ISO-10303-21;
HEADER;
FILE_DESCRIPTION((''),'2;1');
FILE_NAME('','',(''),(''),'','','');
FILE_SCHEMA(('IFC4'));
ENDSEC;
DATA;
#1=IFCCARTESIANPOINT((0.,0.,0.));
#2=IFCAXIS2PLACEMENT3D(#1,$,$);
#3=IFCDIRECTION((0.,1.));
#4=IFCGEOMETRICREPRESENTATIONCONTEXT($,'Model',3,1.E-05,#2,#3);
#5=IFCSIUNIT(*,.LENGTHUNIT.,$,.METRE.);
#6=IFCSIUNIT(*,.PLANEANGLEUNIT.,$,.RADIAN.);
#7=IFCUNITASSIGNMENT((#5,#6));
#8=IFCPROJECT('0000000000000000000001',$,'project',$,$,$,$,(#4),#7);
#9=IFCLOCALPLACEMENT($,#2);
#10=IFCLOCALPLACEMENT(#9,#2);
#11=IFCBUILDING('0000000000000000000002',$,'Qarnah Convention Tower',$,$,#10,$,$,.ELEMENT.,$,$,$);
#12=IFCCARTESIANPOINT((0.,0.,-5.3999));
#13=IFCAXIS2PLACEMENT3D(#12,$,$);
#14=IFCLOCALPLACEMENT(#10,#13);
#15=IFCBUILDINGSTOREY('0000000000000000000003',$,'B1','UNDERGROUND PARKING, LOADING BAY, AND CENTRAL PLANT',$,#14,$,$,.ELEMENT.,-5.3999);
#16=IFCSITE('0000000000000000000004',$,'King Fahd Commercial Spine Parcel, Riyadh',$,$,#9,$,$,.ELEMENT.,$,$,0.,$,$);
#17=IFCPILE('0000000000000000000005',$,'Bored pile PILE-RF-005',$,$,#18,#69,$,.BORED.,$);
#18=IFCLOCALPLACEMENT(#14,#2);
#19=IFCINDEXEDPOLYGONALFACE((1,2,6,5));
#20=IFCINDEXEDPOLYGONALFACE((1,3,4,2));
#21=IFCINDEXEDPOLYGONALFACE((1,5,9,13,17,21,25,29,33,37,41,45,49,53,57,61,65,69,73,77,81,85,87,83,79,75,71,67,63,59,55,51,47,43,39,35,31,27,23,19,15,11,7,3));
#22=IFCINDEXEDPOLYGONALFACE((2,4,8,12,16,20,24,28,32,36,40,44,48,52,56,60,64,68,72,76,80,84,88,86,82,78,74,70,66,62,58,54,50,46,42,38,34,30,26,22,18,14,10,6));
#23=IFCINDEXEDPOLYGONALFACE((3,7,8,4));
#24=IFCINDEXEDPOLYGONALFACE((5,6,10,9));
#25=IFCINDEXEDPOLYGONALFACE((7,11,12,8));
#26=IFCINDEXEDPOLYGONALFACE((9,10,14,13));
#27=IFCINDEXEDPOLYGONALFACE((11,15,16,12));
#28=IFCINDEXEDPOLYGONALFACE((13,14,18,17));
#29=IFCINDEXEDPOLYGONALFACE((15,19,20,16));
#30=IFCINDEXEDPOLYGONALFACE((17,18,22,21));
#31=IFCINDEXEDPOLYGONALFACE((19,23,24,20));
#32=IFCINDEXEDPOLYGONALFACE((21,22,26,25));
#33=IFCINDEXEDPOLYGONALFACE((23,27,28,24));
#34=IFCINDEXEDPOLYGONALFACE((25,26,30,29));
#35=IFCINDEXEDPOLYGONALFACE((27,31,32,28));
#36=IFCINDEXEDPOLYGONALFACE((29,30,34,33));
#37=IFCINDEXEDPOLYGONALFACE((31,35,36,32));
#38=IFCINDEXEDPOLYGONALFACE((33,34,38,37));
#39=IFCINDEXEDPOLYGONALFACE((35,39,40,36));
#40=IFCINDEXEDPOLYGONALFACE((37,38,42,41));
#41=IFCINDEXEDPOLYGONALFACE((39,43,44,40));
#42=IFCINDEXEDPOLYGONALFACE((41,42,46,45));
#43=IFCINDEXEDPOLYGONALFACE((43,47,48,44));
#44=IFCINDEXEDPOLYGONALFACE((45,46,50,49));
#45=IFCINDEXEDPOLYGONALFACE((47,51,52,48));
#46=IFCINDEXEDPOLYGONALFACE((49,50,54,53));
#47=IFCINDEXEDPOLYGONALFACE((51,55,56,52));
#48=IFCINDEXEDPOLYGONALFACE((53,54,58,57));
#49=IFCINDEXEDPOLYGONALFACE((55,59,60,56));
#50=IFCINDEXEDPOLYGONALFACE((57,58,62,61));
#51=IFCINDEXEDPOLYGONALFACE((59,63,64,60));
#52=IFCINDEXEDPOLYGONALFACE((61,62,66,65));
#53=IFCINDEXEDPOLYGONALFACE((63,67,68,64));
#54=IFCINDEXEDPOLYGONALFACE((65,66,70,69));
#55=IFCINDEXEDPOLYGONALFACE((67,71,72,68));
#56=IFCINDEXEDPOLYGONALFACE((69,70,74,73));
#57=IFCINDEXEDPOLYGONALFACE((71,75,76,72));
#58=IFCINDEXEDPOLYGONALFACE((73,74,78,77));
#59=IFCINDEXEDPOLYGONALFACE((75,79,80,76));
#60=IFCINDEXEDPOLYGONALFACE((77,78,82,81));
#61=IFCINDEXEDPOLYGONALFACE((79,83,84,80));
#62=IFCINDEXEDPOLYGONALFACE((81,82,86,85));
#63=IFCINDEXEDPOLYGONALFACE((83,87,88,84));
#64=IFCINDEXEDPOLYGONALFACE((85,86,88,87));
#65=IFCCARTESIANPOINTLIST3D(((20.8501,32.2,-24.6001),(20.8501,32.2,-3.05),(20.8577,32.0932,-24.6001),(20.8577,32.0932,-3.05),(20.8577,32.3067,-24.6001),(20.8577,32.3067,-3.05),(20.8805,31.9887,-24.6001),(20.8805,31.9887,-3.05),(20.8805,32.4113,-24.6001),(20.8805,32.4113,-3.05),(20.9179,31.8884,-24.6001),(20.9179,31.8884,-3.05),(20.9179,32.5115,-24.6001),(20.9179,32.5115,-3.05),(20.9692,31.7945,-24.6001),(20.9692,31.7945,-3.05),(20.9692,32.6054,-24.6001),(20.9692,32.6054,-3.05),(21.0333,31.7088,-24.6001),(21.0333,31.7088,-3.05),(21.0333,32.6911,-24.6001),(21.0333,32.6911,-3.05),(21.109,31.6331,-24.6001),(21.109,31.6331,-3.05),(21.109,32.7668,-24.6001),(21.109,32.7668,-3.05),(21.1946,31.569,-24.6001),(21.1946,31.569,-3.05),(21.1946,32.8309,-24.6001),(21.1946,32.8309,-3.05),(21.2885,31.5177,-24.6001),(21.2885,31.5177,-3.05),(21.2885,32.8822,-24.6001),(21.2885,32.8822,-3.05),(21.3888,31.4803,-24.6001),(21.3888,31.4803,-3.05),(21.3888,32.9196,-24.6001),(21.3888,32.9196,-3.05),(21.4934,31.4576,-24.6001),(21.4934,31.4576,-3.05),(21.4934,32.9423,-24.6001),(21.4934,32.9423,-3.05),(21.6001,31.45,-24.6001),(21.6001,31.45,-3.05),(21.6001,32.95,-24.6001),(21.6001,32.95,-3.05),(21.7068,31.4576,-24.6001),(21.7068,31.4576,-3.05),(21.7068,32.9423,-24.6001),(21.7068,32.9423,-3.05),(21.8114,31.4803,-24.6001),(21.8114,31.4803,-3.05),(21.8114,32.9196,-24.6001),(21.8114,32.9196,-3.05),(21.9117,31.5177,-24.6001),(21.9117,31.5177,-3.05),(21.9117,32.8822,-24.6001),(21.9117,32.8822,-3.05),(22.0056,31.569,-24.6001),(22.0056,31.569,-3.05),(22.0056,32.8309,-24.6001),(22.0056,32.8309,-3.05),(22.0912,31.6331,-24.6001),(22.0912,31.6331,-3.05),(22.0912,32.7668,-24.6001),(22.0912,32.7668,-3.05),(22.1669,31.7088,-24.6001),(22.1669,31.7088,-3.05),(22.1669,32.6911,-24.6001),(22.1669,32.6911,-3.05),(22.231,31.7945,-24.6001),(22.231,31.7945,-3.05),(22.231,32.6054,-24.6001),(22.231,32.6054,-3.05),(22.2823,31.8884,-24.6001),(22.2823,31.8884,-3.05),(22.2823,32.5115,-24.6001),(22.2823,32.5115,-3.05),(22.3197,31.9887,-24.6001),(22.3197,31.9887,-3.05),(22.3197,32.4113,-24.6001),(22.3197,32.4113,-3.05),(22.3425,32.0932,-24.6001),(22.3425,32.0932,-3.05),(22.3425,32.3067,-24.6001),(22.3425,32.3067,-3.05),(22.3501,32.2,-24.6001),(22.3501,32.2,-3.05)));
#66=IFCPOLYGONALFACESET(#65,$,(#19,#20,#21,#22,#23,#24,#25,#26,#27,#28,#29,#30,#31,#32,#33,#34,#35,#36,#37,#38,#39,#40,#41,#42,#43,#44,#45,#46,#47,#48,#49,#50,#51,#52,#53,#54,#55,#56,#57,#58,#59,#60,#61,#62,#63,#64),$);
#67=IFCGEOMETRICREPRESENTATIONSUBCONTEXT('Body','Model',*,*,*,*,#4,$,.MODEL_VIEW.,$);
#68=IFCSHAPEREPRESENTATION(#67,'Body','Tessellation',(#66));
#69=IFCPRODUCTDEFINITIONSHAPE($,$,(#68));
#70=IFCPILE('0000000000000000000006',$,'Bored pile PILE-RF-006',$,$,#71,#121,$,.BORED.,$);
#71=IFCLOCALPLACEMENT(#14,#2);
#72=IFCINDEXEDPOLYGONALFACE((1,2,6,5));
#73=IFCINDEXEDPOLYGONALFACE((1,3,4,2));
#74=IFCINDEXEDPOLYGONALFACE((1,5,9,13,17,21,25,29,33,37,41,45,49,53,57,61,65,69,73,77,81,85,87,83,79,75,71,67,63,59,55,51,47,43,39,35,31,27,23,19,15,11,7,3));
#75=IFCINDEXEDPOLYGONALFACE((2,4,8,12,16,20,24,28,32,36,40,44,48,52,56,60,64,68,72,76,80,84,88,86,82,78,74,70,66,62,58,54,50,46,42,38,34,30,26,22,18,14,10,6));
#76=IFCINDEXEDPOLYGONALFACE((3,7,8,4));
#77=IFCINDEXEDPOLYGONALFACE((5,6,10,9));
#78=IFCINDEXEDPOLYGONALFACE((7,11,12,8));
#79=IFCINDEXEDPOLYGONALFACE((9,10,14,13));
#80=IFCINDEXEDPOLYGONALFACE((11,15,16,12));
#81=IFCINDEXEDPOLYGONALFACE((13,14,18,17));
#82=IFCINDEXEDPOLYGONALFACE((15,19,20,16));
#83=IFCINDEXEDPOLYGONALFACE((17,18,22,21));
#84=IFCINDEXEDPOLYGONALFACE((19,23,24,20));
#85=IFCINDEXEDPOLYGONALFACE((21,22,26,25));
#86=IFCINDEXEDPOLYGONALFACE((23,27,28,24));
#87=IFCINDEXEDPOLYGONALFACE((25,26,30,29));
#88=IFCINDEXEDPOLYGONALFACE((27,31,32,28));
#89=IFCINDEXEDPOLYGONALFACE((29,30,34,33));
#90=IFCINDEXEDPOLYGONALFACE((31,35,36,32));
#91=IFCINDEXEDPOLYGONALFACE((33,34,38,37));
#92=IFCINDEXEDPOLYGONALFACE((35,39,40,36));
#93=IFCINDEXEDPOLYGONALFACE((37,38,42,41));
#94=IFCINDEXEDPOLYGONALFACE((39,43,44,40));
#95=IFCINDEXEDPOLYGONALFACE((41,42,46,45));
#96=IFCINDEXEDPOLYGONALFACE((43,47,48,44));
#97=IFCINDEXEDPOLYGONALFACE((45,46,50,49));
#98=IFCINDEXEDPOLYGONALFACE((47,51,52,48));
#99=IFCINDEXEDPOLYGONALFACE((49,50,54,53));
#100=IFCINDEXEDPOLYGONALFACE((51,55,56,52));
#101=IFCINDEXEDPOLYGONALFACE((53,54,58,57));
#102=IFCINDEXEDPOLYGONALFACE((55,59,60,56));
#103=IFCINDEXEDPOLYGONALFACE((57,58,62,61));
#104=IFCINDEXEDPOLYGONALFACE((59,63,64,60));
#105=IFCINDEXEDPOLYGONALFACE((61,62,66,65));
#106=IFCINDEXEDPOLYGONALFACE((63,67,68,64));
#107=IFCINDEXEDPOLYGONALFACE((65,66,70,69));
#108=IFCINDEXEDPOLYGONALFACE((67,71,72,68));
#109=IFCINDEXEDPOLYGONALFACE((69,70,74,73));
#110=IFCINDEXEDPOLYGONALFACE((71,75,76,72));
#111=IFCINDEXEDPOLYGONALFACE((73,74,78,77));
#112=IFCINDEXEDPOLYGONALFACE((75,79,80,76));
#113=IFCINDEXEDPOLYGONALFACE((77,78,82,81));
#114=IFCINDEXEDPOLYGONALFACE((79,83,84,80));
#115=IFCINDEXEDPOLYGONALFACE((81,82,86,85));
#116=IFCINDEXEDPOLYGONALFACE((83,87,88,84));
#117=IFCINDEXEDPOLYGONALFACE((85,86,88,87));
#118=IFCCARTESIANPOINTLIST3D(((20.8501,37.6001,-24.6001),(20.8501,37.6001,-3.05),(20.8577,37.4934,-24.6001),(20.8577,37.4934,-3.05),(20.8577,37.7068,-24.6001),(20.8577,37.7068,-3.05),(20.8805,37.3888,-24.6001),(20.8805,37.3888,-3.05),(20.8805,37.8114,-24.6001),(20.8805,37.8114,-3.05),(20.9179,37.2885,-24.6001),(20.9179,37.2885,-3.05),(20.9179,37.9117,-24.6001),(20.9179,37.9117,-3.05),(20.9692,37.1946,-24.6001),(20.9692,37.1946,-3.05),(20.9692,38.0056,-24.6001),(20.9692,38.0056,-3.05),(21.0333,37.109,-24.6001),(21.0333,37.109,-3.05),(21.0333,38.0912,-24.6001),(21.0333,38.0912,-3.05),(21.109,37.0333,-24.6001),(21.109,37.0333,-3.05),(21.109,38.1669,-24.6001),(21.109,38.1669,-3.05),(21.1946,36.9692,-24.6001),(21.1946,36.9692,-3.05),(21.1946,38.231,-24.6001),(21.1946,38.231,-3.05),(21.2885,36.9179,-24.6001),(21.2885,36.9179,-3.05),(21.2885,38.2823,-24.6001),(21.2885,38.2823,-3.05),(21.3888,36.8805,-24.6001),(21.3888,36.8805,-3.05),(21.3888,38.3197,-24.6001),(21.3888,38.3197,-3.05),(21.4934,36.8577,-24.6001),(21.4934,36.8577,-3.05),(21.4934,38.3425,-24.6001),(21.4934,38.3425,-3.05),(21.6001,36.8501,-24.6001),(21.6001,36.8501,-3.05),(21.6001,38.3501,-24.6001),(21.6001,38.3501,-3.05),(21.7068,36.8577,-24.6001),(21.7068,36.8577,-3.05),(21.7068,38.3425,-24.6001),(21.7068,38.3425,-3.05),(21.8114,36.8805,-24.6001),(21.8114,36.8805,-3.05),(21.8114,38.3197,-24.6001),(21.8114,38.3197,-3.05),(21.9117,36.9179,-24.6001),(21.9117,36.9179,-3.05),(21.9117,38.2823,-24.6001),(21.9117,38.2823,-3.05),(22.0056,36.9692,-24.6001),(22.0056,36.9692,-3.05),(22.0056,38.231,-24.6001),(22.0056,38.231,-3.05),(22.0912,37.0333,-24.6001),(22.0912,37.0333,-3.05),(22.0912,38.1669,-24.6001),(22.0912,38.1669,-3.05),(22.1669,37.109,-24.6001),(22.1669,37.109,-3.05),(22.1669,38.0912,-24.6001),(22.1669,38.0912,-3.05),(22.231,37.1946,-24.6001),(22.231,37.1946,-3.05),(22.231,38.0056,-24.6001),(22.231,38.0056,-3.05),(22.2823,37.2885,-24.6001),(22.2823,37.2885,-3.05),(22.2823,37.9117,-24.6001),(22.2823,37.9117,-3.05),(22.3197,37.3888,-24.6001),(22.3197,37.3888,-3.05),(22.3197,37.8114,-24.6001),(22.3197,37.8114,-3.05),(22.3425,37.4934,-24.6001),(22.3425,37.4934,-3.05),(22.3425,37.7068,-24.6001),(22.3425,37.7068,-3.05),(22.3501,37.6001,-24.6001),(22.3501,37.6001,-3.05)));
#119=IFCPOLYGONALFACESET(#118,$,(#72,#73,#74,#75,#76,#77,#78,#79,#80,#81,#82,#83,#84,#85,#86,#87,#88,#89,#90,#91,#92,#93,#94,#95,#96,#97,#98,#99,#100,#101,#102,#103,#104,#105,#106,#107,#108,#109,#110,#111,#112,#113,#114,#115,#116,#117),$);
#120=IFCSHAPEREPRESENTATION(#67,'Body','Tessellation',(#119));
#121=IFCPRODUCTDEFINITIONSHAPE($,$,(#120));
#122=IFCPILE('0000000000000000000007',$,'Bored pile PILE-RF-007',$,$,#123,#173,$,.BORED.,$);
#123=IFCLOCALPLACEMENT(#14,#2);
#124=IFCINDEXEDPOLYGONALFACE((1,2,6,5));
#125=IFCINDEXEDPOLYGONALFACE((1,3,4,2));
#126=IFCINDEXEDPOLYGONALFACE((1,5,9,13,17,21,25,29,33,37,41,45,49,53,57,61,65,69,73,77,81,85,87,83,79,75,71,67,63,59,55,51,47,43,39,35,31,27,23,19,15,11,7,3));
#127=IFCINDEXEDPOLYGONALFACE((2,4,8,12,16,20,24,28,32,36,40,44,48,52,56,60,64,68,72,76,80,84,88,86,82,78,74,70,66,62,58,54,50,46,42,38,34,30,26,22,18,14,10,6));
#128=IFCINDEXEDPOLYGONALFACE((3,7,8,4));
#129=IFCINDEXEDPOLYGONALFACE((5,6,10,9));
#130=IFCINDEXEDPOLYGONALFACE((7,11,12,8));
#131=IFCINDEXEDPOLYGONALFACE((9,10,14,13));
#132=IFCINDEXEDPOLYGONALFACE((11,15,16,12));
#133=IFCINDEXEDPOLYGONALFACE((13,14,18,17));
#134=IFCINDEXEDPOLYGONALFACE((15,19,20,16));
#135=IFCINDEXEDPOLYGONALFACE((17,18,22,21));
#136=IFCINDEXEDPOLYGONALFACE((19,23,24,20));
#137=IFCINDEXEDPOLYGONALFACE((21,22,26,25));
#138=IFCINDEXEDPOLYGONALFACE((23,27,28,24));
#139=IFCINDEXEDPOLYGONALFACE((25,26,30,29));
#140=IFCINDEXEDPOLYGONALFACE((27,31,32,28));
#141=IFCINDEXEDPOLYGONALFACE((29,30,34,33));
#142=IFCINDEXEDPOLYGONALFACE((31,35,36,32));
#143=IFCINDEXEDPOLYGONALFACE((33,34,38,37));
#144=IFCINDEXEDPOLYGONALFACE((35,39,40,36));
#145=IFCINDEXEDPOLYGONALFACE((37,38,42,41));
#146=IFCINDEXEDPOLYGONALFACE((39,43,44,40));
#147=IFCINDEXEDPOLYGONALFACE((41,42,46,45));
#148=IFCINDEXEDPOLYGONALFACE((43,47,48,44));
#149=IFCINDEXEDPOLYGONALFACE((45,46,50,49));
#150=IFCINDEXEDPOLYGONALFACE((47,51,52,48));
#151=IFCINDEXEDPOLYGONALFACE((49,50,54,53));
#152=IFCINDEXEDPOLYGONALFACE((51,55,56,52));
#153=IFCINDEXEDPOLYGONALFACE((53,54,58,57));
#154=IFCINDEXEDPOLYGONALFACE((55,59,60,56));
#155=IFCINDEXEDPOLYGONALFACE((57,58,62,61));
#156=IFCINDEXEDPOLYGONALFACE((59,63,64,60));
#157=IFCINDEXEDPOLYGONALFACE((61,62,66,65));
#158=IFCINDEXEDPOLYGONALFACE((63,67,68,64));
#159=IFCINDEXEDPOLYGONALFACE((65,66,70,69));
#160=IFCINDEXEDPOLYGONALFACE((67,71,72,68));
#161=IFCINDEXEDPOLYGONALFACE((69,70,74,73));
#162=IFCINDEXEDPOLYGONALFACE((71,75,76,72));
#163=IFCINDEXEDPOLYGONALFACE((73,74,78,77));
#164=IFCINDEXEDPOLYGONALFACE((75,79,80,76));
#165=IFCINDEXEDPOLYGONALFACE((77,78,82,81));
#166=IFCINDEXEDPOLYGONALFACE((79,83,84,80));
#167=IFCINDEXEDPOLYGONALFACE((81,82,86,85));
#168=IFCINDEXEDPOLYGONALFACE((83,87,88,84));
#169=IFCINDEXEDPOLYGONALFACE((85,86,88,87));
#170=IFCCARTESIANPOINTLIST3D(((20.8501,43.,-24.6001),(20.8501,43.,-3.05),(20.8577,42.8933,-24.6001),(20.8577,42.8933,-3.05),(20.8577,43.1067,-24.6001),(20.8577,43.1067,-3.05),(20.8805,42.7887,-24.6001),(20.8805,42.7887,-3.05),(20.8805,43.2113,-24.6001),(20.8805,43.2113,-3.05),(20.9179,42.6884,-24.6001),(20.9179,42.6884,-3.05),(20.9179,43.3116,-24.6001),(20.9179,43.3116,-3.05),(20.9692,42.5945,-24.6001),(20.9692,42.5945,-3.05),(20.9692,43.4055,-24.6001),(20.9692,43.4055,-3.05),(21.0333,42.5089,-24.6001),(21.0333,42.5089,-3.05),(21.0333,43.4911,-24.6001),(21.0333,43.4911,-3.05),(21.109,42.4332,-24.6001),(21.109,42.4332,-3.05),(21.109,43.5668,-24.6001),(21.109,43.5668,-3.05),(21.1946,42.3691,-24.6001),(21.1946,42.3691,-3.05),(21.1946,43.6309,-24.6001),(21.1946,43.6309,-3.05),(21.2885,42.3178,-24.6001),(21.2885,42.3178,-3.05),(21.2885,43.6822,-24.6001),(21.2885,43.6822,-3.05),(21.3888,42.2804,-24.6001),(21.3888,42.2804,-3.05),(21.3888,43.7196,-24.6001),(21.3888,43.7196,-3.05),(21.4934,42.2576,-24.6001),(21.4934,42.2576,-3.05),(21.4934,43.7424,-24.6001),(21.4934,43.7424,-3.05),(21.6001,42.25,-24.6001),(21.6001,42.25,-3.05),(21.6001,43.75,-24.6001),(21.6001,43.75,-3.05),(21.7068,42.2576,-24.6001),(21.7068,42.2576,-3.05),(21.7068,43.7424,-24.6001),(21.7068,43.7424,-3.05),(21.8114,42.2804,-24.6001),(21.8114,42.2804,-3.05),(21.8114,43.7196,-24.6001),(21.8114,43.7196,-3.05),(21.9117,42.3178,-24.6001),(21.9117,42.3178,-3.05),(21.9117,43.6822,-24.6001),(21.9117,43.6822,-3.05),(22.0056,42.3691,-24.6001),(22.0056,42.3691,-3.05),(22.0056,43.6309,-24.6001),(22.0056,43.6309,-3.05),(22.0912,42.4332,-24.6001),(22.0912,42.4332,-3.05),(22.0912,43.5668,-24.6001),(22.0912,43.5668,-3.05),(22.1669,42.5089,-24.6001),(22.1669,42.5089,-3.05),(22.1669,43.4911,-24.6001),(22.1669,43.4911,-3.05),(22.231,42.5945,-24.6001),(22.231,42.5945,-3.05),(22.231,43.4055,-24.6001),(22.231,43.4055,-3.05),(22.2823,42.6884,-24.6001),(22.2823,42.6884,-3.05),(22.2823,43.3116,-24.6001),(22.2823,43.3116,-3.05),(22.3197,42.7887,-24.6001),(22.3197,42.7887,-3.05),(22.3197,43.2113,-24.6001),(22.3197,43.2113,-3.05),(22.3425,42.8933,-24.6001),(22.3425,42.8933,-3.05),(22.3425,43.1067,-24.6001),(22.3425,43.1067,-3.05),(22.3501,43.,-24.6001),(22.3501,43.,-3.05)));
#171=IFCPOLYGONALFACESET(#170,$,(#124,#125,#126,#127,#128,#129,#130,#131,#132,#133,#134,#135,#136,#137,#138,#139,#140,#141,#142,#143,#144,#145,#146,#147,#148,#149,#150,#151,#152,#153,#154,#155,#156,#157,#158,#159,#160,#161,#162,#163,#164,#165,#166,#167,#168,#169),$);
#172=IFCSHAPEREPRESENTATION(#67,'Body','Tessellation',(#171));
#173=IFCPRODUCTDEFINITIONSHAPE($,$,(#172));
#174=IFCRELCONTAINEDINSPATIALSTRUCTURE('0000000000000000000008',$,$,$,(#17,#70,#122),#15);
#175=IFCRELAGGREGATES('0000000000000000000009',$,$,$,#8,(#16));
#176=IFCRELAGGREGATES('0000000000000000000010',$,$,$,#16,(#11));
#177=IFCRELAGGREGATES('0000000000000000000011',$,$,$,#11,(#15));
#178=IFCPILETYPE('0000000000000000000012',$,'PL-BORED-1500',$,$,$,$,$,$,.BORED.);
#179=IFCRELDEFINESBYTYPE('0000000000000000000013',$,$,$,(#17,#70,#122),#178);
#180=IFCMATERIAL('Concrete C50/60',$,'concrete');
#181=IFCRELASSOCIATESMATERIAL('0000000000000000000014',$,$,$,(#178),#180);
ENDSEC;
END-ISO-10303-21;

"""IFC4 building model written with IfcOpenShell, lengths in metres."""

from ifc_helpers import new_model, si_unit, direction, frame, origin, origin_2d, place, context, subcontext, project, spatial, circle, extrude, material, material_profile, profile_set, type_object, element, save


model = new_model("IFC4")

# Units and contexts
model_context = context("Model", 3, precision=1e-05, world=origin(), true_north=direction((0.0, 1.0)))
body_context = subcontext(model_context, "Body", "Model", "MODEL_VIEW")
ifc_project = project(units=[si_unit("LENGTHUNIT", "METRE"), si_unit("PLANEANGLEUNIT", "RADIAN")], contexts=[model_context])

# Site, building, storey
site_placement = place(None, origin())
site = spatial("IfcSite", under=ifc_project, at=site_placement, Name="King Fahd Commercial Spine Parcel, Riyadh", CompositionType="ELEMENT", RefElevation=0.0)
building_placement = place(site_placement, origin())
building = spatial("IfcBuilding", under=site, at=building_placement, Name="Qarnah Convention Tower", CompositionType="ELEMENT")
storey_placement = place(building_placement, frame((0.0, 0.0, -5.3999)))
storey = spatial("IfcBuildingStorey", under=building, at=storey_placement, Name="B1", Description="UNDERGROUND PARKING, LOADING BAY, AND CENTRAL PLANT", CompositionType="ELEMENT", Elevation=-5.3999)

# Shared definitions
ifc_material_1 = material(Name="Concrete C50/60", Category="concrete")

# Piles
ifc_material_profile_1 = material_profile(ifc_material_1, circle(Radius=0.75, at=origin_2d()), Name="PILE-D1500")
ifc_profile_set_1 = profile_set([ifc_material_profile_1], Name="Concrete C50/60")
pile_type_1 = type_object("IfcPileType", Name="PL-BORED-1500", PredefinedType="BORED", material=ifc_profile_set_1)
for number, where, z_axis, x_axis, name in (
    (1, (21.6001, 32.2, -3.05), (0.0, 0.0, -1.0), (1.0, 0.0, 0.0), "Bored pile PILE-RF-005"),
    (2, (21.6001, 37.6001, -3.05), (0.0, 0.0, -1.0), (1.0, 0.0, 0.0), "Bored pile PILE-RF-006"),
    (3, (21.6001, 43.0, -3.05), (0.0, 0.0, -1.0), (1.0, 0.0, 0.0), "Bored pile PILE-RF-007"),
):
    element("IfcPile", number, at=place(storey_placement, frame(where, z_axis=z_axis, x_axis=x_axis)), inside=storey, type_object=pile_type_1, Name=name, PredefinedType="BORED", context=body_context, shape_type="SweptSolid", body=[
        extrude(circle(Radius=0.75, at=origin_2d()), origin(), (0.0, 0.0, 1.0), 21.55),
    ])

save(model, "model.ifc")
